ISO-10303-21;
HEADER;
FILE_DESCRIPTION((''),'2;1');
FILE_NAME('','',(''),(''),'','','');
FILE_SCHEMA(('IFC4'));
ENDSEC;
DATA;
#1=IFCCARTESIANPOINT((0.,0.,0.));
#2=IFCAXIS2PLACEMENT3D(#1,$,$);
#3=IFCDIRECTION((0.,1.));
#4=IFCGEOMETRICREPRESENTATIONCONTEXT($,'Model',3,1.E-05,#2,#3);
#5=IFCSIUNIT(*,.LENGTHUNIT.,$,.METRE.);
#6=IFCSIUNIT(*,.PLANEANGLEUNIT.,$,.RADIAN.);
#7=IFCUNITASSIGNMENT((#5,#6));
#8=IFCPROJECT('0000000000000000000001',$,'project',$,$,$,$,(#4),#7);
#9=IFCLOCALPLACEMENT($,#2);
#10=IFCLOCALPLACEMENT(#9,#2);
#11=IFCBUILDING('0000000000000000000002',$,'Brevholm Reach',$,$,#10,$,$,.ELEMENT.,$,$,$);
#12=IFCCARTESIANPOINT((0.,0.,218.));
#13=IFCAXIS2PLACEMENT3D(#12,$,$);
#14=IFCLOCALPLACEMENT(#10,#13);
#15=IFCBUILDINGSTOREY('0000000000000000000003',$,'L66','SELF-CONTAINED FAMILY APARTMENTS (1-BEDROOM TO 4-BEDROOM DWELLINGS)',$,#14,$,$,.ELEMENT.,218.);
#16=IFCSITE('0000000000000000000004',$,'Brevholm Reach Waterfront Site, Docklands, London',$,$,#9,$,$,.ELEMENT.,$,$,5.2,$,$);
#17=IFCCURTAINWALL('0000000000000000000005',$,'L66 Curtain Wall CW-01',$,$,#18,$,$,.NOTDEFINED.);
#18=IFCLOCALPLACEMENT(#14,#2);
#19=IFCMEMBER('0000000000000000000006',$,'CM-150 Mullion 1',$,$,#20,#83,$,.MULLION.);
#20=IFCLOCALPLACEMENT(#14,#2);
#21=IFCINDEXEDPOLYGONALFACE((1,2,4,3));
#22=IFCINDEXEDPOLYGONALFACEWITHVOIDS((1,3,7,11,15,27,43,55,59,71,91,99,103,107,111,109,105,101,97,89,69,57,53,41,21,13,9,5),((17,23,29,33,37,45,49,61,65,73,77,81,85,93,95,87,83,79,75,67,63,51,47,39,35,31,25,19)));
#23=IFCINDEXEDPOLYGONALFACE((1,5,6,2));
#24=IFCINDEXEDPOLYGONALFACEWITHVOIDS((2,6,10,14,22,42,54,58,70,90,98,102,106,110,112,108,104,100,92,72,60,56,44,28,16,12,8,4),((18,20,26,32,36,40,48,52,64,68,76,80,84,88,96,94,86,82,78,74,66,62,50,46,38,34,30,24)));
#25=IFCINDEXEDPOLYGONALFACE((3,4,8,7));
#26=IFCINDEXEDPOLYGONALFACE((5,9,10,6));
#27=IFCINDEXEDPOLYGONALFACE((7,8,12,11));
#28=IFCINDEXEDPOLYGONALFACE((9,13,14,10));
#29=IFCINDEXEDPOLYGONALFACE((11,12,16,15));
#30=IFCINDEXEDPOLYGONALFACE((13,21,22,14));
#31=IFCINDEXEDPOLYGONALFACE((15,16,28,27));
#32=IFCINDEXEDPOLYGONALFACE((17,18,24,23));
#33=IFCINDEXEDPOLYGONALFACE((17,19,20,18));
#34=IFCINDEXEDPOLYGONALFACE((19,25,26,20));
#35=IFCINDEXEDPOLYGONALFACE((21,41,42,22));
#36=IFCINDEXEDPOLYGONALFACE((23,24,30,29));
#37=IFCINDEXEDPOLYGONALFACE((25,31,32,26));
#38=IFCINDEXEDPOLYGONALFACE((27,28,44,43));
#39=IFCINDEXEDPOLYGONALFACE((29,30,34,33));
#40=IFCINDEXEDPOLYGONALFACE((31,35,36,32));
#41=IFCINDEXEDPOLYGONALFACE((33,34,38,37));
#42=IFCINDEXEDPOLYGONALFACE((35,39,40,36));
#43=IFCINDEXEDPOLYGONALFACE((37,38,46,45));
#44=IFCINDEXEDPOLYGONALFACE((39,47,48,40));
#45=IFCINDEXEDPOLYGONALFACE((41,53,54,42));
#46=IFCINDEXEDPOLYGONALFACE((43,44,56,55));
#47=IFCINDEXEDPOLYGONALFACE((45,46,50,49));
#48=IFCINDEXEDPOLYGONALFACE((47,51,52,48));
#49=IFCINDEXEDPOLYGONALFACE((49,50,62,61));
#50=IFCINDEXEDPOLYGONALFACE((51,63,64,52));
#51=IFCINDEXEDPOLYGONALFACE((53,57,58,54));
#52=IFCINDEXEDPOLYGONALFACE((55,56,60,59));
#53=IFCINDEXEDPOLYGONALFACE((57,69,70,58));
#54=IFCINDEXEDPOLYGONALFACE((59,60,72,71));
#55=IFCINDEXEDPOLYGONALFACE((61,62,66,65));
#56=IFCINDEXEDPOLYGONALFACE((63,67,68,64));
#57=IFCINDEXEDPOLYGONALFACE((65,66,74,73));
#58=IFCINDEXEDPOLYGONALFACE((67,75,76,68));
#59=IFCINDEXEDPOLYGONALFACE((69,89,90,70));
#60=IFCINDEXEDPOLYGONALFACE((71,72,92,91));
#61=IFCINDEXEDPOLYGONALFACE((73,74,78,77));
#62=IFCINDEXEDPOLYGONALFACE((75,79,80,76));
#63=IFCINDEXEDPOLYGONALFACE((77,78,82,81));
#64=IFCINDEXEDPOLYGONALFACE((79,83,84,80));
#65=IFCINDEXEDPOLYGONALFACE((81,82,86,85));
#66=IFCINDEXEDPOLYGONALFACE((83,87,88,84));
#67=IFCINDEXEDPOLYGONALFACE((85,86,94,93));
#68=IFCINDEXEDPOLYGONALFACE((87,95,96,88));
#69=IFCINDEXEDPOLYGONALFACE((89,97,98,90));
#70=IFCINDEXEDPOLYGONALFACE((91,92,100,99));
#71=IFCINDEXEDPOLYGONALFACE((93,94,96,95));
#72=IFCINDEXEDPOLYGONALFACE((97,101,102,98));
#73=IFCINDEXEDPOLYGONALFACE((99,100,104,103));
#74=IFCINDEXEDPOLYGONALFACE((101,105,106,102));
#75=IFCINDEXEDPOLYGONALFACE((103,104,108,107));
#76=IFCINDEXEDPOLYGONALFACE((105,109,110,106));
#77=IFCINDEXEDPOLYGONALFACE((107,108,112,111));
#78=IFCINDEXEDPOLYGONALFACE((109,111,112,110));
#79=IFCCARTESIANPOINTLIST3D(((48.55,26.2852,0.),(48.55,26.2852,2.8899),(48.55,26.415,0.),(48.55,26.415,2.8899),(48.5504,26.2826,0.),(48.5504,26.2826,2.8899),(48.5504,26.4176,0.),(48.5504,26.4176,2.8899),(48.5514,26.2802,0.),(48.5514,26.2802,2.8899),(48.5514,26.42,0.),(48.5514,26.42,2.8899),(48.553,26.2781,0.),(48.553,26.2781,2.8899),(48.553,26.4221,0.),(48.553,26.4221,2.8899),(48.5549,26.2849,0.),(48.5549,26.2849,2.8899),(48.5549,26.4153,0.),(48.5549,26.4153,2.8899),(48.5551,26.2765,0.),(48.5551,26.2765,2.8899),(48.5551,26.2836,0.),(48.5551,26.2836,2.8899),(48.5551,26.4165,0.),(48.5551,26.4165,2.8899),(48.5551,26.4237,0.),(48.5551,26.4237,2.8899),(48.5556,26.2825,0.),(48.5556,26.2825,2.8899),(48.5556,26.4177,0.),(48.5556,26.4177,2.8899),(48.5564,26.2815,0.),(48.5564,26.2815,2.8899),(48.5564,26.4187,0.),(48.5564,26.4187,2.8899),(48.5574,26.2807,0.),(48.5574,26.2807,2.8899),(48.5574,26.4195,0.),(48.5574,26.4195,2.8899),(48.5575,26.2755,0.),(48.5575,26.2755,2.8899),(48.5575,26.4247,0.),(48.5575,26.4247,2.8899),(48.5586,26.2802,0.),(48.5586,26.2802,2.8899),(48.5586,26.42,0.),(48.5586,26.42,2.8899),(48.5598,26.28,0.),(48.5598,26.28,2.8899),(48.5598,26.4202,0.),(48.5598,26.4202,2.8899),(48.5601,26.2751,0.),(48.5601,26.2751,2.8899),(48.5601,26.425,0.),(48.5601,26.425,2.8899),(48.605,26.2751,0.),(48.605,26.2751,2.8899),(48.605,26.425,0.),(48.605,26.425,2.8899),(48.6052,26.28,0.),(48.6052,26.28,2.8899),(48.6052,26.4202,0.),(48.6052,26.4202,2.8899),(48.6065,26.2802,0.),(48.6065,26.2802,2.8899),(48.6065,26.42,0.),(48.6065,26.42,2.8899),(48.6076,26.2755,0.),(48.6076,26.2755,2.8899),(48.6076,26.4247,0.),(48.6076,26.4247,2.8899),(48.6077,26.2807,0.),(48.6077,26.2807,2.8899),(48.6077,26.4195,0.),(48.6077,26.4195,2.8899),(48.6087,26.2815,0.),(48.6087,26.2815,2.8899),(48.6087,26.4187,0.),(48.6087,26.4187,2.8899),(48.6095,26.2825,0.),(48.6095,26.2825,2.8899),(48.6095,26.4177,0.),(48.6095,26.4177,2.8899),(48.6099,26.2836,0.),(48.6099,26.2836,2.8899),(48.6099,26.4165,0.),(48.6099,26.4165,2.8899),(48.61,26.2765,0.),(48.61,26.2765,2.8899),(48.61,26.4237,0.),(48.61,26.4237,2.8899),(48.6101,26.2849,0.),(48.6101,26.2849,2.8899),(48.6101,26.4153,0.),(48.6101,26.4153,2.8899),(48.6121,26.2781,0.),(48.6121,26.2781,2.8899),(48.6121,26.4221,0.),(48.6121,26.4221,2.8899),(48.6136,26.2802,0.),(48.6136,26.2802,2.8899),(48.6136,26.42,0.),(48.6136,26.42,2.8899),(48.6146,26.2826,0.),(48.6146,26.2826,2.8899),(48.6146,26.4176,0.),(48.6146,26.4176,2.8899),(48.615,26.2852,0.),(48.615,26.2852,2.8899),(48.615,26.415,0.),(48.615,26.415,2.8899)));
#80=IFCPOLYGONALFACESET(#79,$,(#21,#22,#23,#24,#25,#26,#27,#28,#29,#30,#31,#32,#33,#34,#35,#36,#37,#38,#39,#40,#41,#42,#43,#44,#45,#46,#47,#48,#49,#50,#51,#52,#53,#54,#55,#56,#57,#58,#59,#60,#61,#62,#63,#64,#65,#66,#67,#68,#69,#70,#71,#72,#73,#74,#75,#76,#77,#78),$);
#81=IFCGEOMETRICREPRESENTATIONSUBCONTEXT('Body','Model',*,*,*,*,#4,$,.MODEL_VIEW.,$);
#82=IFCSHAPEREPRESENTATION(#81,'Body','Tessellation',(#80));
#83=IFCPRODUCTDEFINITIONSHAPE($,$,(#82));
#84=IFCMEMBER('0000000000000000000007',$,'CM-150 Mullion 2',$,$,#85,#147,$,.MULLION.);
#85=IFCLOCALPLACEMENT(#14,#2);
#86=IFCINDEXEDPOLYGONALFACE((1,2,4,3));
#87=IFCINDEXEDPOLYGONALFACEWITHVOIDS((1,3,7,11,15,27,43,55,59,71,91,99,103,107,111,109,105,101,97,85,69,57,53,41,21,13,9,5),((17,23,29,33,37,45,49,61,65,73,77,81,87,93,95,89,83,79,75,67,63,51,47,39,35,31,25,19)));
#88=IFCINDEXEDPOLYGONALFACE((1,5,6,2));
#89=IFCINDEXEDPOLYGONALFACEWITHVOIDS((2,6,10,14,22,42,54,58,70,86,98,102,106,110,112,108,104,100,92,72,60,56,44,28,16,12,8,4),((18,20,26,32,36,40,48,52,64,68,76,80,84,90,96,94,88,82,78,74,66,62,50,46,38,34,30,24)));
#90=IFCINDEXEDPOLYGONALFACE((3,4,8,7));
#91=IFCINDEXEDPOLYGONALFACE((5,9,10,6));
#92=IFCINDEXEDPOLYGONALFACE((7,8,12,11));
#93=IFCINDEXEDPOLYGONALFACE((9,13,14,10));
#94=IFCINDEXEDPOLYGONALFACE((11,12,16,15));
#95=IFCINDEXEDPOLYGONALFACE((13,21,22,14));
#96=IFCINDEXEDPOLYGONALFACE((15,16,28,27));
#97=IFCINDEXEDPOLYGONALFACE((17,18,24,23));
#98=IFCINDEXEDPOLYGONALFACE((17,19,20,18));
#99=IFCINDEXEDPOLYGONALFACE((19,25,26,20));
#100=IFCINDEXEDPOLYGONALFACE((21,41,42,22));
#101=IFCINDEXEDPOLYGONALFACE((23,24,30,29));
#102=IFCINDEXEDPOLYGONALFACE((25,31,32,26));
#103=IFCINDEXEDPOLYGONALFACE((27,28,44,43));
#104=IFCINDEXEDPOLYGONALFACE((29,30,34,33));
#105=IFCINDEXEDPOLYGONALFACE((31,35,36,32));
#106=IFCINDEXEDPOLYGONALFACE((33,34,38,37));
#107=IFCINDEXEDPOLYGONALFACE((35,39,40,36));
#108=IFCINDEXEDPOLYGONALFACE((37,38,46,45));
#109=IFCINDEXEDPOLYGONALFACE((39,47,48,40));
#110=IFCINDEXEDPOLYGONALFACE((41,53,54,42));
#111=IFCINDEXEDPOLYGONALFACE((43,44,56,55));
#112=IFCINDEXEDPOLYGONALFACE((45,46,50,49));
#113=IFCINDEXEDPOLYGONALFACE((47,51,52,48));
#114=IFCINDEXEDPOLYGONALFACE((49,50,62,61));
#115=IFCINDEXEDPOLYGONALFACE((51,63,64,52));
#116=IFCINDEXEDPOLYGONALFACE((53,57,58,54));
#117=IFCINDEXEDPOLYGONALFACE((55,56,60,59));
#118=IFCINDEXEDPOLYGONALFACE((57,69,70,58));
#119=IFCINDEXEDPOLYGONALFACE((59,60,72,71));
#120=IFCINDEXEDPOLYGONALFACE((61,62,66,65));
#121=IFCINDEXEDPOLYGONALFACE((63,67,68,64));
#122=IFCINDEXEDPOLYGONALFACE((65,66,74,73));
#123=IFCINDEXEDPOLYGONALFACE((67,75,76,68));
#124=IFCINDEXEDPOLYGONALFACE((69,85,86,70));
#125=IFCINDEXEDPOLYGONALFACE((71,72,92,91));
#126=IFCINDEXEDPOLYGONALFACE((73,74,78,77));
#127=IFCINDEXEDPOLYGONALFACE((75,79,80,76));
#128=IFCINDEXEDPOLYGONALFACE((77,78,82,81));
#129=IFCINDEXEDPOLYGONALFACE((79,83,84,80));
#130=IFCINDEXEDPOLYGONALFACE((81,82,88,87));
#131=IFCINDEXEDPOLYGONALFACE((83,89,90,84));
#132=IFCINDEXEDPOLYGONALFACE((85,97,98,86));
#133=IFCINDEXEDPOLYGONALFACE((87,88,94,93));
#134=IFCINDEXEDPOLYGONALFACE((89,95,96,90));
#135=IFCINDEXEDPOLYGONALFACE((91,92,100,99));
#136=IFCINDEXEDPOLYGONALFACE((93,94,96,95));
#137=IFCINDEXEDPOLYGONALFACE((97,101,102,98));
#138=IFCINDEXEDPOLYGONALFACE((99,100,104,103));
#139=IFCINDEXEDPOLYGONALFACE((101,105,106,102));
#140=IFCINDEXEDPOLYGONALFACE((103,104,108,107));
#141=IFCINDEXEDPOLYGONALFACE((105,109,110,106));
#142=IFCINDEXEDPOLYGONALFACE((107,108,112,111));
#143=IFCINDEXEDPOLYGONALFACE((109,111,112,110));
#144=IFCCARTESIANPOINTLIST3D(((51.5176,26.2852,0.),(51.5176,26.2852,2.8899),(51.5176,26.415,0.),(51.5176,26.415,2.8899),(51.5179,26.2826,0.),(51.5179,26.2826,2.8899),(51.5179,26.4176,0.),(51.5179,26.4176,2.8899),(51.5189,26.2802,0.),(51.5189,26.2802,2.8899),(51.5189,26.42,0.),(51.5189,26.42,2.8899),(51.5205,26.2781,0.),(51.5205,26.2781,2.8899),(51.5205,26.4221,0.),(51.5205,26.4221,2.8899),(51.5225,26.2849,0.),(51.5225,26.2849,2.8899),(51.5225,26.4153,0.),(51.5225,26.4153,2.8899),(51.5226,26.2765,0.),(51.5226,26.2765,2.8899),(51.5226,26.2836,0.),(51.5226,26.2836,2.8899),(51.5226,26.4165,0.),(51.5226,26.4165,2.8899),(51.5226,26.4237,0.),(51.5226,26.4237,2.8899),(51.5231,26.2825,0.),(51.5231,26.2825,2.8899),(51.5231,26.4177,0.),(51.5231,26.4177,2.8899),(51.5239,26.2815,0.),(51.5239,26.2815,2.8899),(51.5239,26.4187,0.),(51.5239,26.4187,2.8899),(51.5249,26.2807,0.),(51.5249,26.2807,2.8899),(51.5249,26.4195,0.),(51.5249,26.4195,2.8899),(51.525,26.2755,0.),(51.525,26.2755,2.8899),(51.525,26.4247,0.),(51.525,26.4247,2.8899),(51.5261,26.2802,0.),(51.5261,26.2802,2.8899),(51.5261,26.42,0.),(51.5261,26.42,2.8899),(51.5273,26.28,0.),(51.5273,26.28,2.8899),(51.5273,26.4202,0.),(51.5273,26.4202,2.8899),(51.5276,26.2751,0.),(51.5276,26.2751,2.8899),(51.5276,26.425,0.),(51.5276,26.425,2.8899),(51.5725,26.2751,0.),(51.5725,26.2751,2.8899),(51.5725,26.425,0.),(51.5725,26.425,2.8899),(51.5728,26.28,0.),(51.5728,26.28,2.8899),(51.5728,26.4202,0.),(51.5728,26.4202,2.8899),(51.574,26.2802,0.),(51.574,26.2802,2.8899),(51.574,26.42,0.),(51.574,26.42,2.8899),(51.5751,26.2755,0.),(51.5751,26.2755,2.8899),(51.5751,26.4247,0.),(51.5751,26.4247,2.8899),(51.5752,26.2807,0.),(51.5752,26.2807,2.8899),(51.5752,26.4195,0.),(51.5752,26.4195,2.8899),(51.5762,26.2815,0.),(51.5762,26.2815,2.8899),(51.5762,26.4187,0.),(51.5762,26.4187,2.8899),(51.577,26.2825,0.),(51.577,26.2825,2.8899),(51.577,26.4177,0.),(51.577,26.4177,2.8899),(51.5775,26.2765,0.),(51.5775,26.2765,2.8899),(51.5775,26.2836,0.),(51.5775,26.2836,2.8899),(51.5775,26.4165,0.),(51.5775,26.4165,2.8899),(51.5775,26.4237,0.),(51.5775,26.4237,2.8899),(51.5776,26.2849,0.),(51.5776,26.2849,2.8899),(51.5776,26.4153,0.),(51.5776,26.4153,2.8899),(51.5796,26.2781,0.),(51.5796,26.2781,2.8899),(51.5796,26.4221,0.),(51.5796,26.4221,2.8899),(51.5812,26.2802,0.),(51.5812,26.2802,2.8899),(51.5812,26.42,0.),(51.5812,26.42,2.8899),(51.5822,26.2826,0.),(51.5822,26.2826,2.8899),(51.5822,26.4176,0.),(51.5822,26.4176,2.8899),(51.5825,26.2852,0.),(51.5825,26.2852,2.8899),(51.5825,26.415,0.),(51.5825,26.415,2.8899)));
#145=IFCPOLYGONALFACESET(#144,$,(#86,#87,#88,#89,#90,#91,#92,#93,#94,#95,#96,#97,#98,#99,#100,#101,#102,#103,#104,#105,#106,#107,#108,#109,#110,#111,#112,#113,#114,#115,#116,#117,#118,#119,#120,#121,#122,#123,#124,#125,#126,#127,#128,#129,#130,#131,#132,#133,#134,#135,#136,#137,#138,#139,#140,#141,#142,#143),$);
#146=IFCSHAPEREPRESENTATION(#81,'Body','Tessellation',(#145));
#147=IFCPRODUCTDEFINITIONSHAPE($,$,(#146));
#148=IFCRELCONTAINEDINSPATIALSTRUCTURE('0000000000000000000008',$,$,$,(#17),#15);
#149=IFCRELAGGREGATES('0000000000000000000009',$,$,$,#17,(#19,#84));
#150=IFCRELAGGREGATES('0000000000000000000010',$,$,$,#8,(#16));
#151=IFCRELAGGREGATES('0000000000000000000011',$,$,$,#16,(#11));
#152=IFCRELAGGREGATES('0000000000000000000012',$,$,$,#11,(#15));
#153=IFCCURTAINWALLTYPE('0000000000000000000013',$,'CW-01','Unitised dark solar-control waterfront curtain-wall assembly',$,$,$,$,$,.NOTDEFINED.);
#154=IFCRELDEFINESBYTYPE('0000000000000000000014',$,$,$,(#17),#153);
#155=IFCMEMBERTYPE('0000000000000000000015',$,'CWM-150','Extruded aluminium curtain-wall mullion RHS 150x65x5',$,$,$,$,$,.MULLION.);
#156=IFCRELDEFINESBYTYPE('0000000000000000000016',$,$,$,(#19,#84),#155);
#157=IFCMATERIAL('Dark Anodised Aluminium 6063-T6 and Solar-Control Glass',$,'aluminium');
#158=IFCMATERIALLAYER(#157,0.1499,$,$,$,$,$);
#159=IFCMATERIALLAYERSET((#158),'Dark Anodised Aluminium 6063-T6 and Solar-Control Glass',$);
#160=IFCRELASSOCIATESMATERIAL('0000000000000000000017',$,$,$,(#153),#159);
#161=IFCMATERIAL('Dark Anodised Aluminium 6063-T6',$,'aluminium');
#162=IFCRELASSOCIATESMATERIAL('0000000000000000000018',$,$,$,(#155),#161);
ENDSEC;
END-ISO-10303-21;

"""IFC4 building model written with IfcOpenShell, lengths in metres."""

from ifc_helpers import new_model, si_unit, direction, frame, origin, origin_2d, place, context, subcontext, project, spatial, hollow_rectangle, extrude, material, layer, layer_set, material_profile, profile_set, type_object, element, aggregate, save


model = new_model("IFC4")

# Units and contexts
model_context = context("Model", 3, precision=1e-05, world=origin(), true_north=direction((0.0, 1.0)))
body_context = subcontext(model_context, "Body", "Model", "MODEL_VIEW")
ifc_project = project(units=[si_unit("LENGTHUNIT", "METRE"), si_unit("PLANEANGLEUNIT", "RADIAN")], contexts=[model_context])

# Site, building, storey
site_placement = place(None, origin())
site = spatial("IfcSite", under=ifc_project, at=site_placement, Name="Brevholm Reach Waterfront Site, Docklands, London", CompositionType="ELEMENT", RefElevation=5.2)
building_placement = place(site_placement, origin())
building = spatial("IfcBuilding", under=site, at=building_placement, Name="Brevholm Reach", CompositionType="ELEMENT")
storey_placement = place(building_placement, frame((0.0, 0.0, 218.0)))
storey = spatial("IfcBuildingStorey", under=building, at=storey_placement, Name="L66", Description="SELF-CONTAINED FAMILY APARTMENTS (1-BEDROOM TO 4-BEDROOM DWELLINGS)", CompositionType="ELEMENT", Elevation=218.0)

# Curtain wall, members
ifc_material_1 = material(Name="Dark Anodised Aluminium 6063-T6 and Solar-Control Glass", Category="aluminium")
ifc_layer_1 = layer(ifc_material_1, 0.1499)
ifc_layer_set_1 = layer_set([ifc_layer_1], Name="Dark Anodised Aluminium 6063-T6 and Solar-Control Glass")
curtain_wall_type = type_object("IfcCurtainWallType", Name="CW-01", Description="Unitised dark solar-control waterfront curtain-wall assembly", PredefinedType="NOTDEFINED", material=ifc_layer_set_1)
curtain_wall_placement = place(storey_placement, origin())
curtain_wall = element("IfcCurtainWall", 1, at=curtain_wall_placement, inside=storey, type_object=curtain_wall_type, Name="L66 Curtain Wall CW-01", PredefinedType="NOTDEFINED")
ifc_material_2 = material(Name="Dark Anodised Aluminium 6063-T6", Category="aluminium")
ifc_material_profile_1 = material_profile(ifc_material_2, hollow_rectangle(XDim=0.0649, YDim=0.1499, WallThickness=0.0049, InnerFilletRadius=0.0049, OuterFilletRadius=0.01, at=origin_2d()), Name="RHS 150x65x5")
ifc_profile_set_1 = profile_set([ifc_material_profile_1], Name="Dark Anodised Aluminium 6063-T6")
member_type_1 = type_object("IfcMemberType", Name="CWM-150", Description="Extruded aluminium curtain-wall mullion RHS 150x65x5", PredefinedType="MULLION", material=ifc_profile_set_1)
member_1_placement = place(storey_placement, frame((48.5825, 26.3501, 0.0), z_axis=(0.0, 0.0, 1.0), x_axis=(1.0, 0.0, 0.0)))
member_1 = element("IfcMember", 2, at=member_1_placement, type_object=member_type_1, Name="CM-150 Mullion 1", PredefinedType="MULLION", context=body_context, shape_type="SweptSolid", body=[
    extrude(hollow_rectangle(XDim=0.0649, YDim=0.1499, WallThickness=0.0049, InnerFilletRadius=0.0049, OuterFilletRadius=0.01, at=origin_2d()), origin(), (0.0, 0.0, 1.0), 2.8899),
])
member_2_placement = place(storey_placement, frame((51.55, 26.3501, 0.0), z_axis=(0.0, 0.0, 1.0), x_axis=(1.0, 0.0, 0.0)))
member_2 = element("IfcMember", 3, at=member_2_placement, type_object=member_type_1, Name="CM-150 Mullion 2", PredefinedType="MULLION", context=body_context, shape_type="SweptSolid", body=[
    extrude(hollow_rectangle(XDim=0.0649, YDim=0.1499, WallThickness=0.0049, InnerFilletRadius=0.0049, OuterFilletRadius=0.01, at=origin_2d()), origin(), (0.0, 0.0, 1.0), 2.8899),
])
aggregate(curtain_wall, [member_1, member_2])

save(model, "model.ifc")
